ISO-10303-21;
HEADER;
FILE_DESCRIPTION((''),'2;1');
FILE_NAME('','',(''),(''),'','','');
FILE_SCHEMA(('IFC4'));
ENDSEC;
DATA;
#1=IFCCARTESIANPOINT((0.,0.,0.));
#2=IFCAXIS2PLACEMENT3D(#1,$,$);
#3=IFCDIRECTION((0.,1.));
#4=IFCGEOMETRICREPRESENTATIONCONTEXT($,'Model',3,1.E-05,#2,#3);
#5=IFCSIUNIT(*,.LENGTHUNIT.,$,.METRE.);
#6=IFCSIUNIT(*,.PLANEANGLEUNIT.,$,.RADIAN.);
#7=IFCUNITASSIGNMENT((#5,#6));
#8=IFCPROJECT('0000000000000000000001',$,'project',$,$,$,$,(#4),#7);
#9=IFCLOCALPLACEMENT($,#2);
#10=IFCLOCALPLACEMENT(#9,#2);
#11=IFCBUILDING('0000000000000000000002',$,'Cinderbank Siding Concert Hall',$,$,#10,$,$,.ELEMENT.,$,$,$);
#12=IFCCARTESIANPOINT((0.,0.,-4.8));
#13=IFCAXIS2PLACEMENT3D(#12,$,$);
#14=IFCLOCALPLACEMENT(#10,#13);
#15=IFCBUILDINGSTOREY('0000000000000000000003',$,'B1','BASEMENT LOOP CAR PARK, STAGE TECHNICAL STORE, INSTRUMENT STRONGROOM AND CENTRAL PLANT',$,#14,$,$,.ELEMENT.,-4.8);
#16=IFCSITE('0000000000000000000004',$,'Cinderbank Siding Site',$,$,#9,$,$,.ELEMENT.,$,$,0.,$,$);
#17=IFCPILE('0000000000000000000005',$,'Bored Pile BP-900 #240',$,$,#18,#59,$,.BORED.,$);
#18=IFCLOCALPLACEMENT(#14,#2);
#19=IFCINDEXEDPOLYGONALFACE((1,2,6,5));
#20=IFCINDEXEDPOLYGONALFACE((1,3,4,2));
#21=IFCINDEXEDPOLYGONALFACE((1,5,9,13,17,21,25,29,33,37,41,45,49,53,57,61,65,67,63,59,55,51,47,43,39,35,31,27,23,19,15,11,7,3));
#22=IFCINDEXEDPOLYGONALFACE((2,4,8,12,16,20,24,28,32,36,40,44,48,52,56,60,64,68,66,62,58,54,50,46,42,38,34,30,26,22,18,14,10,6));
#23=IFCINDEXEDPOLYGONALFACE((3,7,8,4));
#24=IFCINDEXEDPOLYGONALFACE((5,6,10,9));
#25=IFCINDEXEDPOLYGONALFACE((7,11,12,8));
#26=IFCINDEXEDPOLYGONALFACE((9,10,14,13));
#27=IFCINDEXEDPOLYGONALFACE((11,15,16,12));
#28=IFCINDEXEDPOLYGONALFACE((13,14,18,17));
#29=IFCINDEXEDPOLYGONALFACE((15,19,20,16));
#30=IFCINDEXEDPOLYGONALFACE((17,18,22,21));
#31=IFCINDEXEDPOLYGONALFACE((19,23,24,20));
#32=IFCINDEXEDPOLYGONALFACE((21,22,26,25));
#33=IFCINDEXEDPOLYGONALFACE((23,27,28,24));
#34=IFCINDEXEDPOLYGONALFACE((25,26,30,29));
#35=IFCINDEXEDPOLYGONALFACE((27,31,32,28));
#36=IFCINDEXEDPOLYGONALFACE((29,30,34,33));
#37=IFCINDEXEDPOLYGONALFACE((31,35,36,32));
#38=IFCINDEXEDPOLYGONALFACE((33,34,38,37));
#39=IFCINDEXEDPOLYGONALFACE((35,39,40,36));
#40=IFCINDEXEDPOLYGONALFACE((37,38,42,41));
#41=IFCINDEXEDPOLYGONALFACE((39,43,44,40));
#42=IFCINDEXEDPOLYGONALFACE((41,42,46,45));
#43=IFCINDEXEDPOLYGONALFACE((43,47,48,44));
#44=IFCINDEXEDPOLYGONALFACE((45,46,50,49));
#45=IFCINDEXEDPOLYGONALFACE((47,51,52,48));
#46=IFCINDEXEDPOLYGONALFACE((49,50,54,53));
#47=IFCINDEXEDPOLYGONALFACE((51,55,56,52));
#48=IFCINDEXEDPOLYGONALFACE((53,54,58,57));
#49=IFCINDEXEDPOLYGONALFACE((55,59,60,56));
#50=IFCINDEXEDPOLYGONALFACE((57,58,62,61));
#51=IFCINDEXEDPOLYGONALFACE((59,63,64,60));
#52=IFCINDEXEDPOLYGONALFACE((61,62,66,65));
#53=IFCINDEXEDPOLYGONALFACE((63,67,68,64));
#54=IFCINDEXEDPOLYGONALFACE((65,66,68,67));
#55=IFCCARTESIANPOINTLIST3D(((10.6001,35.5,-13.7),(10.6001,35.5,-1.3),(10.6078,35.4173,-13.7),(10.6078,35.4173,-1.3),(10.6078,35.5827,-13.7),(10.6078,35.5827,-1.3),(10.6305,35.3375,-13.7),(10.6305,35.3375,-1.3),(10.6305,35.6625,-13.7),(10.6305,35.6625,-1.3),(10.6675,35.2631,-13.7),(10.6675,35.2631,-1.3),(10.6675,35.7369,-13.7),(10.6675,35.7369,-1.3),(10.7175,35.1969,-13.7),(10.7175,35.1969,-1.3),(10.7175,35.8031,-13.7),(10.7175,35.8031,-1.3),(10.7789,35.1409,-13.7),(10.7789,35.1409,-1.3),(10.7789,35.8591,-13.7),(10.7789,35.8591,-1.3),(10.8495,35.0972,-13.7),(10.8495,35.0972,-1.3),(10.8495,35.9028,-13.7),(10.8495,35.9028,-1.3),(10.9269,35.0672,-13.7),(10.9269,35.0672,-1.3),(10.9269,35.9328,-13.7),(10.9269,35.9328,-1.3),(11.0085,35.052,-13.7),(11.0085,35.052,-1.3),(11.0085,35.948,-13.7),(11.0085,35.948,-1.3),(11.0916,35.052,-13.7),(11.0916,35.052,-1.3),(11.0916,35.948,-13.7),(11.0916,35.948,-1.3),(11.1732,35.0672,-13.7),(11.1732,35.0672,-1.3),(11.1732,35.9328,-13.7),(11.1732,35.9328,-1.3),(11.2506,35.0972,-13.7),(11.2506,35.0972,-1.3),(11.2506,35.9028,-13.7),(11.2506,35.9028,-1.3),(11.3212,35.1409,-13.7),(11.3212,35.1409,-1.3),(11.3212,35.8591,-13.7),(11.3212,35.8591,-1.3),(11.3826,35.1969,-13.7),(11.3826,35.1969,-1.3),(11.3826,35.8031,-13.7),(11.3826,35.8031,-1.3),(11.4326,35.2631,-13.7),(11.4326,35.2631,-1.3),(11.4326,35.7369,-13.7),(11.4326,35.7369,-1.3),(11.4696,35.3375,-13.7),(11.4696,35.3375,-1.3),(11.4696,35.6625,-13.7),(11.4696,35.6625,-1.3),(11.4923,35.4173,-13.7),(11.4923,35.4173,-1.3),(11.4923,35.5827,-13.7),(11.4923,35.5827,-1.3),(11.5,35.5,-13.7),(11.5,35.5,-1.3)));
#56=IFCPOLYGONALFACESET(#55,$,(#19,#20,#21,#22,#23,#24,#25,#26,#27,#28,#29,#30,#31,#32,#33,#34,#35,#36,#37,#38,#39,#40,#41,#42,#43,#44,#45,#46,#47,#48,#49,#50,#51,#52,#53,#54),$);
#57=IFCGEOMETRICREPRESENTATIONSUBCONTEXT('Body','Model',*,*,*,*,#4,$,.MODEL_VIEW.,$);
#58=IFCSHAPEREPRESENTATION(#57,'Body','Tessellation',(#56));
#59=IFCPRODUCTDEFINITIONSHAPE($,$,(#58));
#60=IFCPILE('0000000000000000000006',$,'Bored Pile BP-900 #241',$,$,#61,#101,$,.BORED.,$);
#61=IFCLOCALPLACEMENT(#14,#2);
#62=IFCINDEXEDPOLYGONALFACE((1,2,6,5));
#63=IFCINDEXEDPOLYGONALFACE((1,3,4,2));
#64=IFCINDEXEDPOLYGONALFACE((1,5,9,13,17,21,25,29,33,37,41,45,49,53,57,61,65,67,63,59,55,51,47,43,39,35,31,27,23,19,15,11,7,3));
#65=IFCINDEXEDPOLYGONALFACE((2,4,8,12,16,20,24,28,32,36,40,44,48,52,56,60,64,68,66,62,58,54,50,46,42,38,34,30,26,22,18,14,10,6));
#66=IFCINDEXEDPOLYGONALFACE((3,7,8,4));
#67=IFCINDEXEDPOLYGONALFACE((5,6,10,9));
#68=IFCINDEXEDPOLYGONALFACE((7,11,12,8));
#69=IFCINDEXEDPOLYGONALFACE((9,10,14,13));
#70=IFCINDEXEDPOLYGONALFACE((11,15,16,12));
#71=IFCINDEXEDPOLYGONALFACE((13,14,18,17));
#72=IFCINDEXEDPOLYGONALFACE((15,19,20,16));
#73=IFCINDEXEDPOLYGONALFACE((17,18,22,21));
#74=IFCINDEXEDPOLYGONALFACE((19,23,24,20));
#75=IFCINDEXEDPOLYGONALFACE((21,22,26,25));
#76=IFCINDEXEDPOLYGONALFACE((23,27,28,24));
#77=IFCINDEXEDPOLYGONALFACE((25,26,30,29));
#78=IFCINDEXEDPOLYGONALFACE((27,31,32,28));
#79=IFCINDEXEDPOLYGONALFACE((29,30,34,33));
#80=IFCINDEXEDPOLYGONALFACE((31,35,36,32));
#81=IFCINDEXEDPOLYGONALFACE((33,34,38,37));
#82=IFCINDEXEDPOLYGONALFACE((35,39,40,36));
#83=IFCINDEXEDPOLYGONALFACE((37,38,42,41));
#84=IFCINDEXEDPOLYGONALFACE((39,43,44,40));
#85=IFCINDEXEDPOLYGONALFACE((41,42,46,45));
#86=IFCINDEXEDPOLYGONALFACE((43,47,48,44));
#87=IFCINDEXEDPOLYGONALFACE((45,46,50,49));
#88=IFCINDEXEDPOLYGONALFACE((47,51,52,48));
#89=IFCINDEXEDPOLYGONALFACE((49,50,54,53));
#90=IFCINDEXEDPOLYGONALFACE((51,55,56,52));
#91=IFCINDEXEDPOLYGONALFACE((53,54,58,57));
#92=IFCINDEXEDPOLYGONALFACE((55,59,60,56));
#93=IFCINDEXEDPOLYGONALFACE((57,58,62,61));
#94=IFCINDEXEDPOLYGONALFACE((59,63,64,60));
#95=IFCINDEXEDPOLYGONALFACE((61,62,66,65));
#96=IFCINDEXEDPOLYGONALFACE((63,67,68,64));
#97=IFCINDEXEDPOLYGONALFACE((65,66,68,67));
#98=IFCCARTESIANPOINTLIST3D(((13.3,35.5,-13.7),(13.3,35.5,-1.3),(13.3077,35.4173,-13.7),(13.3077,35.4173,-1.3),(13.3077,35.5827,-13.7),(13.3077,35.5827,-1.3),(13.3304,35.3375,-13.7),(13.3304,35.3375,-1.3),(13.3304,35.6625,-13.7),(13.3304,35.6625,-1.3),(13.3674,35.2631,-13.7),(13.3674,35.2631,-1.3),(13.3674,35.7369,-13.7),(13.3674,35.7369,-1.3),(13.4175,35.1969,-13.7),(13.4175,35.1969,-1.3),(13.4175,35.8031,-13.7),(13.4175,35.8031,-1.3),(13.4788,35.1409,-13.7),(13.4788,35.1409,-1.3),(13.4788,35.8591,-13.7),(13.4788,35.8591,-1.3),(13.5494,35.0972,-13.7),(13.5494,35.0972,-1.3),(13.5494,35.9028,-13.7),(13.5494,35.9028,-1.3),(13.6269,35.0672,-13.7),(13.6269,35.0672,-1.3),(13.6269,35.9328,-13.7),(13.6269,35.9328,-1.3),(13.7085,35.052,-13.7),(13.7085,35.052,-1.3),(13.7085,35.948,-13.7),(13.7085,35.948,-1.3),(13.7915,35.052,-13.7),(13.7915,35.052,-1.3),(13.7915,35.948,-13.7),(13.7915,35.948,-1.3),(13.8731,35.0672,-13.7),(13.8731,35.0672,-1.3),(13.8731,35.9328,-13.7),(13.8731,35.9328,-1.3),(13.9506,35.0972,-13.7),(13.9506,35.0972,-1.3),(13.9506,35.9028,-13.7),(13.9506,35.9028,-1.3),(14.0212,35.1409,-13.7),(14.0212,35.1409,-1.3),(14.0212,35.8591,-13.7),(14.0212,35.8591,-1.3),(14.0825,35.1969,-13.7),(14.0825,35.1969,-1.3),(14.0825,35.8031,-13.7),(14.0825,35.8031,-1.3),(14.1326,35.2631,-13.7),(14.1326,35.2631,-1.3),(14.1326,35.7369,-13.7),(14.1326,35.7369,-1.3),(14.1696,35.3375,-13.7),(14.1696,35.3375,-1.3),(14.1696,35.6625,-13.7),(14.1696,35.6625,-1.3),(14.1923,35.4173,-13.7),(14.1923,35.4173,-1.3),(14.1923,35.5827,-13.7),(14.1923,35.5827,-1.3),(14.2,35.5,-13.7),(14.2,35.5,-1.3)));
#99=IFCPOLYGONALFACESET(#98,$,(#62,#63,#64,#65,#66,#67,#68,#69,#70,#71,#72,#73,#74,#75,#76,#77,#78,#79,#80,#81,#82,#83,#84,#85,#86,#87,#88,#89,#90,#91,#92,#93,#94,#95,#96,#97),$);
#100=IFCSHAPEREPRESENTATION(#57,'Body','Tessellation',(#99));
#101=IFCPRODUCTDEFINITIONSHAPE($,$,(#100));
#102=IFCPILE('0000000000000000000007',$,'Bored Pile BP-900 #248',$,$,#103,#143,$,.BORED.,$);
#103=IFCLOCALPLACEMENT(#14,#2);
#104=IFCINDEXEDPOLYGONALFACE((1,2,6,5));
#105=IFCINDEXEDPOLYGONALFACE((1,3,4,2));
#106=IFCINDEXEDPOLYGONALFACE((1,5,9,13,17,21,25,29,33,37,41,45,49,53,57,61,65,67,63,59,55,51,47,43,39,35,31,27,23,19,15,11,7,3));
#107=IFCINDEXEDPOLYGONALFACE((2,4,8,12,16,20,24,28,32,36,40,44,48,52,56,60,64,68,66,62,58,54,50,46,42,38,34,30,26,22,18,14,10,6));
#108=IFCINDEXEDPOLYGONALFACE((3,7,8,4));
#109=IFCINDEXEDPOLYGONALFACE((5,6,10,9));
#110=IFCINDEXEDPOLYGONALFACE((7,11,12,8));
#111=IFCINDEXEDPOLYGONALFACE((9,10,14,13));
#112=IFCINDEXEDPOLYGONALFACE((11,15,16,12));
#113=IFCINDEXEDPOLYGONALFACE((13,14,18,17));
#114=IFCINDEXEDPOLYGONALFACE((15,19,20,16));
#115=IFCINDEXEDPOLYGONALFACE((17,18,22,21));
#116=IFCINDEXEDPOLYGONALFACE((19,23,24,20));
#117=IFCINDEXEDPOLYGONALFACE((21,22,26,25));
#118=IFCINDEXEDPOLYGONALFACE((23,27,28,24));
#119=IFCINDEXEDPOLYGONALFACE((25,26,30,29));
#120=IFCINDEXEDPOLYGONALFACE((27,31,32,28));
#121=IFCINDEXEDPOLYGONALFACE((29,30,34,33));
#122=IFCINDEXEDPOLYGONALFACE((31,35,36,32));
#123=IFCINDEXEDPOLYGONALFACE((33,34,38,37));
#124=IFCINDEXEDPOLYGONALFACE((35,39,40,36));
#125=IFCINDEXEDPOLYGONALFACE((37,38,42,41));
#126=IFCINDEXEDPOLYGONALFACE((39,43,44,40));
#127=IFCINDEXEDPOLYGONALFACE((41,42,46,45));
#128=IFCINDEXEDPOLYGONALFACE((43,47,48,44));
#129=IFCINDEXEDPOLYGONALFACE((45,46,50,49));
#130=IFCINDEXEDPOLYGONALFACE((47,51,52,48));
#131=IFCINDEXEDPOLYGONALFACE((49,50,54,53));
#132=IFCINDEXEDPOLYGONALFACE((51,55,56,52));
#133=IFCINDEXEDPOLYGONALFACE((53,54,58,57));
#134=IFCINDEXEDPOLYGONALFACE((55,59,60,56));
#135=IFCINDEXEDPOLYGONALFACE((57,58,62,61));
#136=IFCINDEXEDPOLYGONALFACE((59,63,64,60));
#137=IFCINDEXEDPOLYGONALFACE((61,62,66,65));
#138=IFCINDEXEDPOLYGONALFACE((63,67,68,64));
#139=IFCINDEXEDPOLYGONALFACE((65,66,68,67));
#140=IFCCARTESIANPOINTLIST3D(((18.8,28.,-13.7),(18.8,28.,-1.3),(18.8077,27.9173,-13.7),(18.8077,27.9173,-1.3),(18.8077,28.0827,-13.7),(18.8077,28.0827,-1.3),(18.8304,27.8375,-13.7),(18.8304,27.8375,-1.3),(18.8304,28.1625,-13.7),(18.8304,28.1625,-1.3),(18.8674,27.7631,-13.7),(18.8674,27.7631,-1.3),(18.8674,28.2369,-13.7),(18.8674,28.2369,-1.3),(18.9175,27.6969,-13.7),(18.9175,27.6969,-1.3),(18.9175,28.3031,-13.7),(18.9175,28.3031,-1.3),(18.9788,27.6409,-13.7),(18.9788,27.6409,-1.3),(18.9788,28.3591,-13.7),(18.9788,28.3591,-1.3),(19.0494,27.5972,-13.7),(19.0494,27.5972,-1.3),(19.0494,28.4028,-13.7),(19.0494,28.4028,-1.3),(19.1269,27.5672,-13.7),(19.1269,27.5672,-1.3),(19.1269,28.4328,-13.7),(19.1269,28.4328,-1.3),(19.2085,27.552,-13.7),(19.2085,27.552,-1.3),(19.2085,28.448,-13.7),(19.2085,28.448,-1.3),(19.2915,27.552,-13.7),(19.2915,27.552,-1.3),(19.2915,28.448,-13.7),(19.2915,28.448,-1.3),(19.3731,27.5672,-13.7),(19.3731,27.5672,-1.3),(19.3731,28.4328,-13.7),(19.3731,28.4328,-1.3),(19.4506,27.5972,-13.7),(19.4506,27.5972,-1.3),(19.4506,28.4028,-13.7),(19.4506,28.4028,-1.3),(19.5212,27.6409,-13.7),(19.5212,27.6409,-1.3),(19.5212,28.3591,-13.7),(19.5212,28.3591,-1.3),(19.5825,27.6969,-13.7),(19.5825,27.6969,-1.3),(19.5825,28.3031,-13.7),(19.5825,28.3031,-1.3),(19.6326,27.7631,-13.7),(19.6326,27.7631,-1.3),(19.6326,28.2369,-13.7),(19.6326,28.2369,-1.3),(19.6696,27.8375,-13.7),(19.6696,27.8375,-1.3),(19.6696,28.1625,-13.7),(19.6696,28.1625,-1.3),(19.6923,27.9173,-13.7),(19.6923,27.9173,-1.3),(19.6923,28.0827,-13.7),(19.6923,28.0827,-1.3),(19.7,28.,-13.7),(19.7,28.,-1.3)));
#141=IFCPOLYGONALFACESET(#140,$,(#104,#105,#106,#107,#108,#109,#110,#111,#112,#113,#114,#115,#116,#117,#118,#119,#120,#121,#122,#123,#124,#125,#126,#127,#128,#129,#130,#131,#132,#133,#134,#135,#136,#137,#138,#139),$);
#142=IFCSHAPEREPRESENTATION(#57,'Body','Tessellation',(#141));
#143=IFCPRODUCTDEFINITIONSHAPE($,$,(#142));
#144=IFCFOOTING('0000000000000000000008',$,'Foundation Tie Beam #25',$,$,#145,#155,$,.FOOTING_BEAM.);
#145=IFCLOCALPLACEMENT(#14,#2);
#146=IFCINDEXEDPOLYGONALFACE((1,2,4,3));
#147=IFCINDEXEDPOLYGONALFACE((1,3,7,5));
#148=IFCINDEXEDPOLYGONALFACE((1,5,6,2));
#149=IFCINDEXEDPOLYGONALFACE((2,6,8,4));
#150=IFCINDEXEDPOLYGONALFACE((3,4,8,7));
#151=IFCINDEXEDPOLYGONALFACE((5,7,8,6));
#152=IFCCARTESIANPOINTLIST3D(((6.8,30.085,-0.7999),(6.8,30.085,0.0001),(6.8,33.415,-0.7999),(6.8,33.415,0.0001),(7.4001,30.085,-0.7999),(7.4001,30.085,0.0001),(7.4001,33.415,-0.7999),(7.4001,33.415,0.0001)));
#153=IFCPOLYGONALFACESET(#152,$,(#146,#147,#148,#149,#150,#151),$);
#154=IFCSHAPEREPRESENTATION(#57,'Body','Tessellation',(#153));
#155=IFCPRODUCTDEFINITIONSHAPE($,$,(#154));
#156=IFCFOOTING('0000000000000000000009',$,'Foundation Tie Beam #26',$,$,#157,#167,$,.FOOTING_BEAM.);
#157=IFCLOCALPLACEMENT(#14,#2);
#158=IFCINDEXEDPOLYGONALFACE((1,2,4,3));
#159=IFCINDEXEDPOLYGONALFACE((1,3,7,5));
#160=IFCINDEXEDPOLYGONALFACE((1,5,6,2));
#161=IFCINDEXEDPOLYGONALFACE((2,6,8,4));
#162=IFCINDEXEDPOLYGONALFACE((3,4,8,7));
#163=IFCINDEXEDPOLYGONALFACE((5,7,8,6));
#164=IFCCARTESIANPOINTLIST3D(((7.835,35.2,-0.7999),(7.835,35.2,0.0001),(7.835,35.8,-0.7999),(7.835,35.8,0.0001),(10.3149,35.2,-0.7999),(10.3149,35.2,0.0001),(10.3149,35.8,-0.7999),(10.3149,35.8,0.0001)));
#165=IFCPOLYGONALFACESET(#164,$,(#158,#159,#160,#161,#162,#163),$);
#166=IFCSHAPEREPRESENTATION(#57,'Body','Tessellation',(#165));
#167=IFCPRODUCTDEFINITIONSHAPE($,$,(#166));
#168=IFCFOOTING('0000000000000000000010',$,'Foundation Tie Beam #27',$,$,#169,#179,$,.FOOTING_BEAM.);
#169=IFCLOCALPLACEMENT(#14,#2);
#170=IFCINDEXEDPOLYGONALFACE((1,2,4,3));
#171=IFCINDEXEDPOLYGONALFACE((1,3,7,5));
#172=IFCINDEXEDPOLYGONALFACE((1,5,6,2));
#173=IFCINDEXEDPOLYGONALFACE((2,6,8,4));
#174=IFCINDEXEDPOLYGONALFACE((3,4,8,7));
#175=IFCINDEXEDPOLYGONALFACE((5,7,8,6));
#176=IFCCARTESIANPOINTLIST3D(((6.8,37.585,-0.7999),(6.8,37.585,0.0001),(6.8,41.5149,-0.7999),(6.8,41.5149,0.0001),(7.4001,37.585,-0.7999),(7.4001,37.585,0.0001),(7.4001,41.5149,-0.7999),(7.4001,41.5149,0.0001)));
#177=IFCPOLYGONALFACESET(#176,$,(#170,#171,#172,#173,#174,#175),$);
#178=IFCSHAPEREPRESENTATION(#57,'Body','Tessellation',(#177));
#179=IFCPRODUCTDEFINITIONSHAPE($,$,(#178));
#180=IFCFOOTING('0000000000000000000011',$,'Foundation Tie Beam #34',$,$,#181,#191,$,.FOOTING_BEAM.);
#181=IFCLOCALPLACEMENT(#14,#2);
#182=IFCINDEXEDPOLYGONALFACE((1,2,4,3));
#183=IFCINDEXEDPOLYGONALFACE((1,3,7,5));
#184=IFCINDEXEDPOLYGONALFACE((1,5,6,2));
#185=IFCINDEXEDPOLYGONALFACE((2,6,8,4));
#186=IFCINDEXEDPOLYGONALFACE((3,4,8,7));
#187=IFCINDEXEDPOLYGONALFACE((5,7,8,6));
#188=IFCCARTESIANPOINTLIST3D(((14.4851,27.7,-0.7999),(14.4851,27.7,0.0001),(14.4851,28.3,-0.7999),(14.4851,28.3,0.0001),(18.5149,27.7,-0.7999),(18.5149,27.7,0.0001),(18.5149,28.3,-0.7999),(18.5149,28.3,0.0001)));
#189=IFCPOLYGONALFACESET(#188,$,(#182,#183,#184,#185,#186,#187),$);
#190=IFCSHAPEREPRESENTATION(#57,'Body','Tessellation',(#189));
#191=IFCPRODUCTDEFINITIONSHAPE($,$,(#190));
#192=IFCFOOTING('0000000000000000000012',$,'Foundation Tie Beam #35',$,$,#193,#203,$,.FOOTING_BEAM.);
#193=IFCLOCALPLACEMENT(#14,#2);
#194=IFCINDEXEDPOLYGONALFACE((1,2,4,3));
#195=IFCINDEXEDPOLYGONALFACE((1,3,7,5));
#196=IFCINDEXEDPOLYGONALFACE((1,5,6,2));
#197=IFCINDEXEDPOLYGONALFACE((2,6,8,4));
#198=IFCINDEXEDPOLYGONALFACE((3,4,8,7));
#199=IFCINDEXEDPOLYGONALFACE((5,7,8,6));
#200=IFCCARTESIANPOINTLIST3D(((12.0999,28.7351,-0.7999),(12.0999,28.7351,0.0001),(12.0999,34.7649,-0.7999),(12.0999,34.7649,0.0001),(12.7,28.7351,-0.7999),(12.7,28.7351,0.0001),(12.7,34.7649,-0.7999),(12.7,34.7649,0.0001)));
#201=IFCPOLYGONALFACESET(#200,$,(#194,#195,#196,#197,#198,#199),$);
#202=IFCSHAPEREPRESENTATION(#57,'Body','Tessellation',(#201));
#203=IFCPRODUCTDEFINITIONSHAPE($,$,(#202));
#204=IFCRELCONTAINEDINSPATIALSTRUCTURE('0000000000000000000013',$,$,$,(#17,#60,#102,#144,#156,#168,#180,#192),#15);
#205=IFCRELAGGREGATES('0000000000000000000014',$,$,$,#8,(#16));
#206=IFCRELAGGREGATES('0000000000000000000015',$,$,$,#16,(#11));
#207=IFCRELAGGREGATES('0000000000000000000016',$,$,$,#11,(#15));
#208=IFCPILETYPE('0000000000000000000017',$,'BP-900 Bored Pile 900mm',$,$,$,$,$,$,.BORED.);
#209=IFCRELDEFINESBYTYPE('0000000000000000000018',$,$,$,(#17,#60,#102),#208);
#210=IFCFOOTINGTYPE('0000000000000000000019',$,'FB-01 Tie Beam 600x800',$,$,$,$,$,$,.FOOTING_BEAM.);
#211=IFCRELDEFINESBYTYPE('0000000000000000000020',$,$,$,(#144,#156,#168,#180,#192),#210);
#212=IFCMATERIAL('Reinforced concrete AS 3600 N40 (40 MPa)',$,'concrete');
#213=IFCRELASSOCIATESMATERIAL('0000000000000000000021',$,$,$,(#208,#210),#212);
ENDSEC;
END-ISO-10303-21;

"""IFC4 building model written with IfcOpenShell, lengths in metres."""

from ifc_helpers import new_model, si_unit, direction, frame, origin, origin_2d, place, context, subcontext, project, spatial, rectangle, circle, extrude, material, material_profile, profile_set, type_object, element, save


model = new_model("IFC4")

# Units and contexts
model_context = context("Model", 3, precision=1e-05, world=origin(), true_north=direction((0.0, 1.0)))
body_context = subcontext(model_context, "Body", "Model", "MODEL_VIEW")
ifc_project = project(units=[si_unit("LENGTHUNIT", "METRE"), si_unit("PLANEANGLEUNIT", "RADIAN")], contexts=[model_context])

# Site, building, storey
site_placement = place(None, origin())
site = spatial("IfcSite", under=ifc_project, at=site_placement, Name="Cinderbank Siding Site", CompositionType="ELEMENT", RefElevation=0.0)
building_placement = place(site_placement, origin())
building = spatial("IfcBuilding", under=site, at=building_placement, Name="Cinderbank Siding Concert Hall", CompositionType="ELEMENT")
storey_placement = place(building_placement, frame((0.0, 0.0, -4.8)))
storey = spatial("IfcBuildingStorey", under=building, at=storey_placement, Name="B1", Description="BASEMENT LOOP CAR PARK, STAGE TECHNICAL STORE, INSTRUMENT STRONGROOM AND CENTRAL PLANT", CompositionType="ELEMENT", Elevation=-4.8)

# Piles
ifc_material_1 = material(Name="Reinforced concrete AS 3600 N40 (40 MPa)", Category="concrete")
ifc_material_profile_1 = material_profile(ifc_material_1, circle(Radius=0.45, at=origin_2d()), Name="PILE-900DIA", Category="LoadBearing")
ifc_profile_set_1 = profile_set([ifc_material_profile_1], Name="Reinforced concrete AS 3600 N40 (40 MPa)")
pile_type_1 = type_object("IfcPileType", Name="BP-900 Bored Pile 900mm", PredefinedType="BORED", material=ifc_profile_set_1)
for number, where, z_axis, x_axis, name in (
    (1, (11.05, 35.5, -1.3), (0.0, 0.0, -1.0), (1.0, 0.0, 0.0), "Bored Pile BP-900 #240"),
    (2, (13.75, 35.5, -1.3), (0.0, 0.0, -1.0), (1.0, 0.0, 0.0), "Bored Pile BP-900 #241"),
    (3, (19.25, 28.0, -1.3), (0.0, 0.0, -1.0), (1.0, 0.0, 0.0), "Bored Pile BP-900 #248"),
):
    element("IfcPile", number, at=place(storey_placement, frame(where, z_axis=z_axis, x_axis=x_axis)), inside=storey, type_object=pile_type_1, Name=name, PredefinedType="BORED", context=body_context, shape_type="SweptSolid", body=[
        extrude(circle(Radius=0.45, at=origin_2d()), origin(), (0.0, 0.0, 1.0), 12.3999),
    ])

# Footings
ifc_material_profile_2 = material_profile(ifc_material_1, rectangle(XDim=0.6001, YDim=0.8, at=origin_2d()), Name="RC-FB-600x800", Category="LoadBearing")
ifc_profile_set_2 = profile_set([ifc_material_profile_2], Name="Reinforced concrete AS 3600 N40 (40 MPa)")
footing_type_1 = type_object("IfcFootingType", Name="FB-01 Tie Beam 600x800", PredefinedType="FOOTING_BEAM", material=ifc_profile_set_2)
footing_1_placement = place(storey_placement, frame((7.1001, 30.085, -0.3999), z_axis=(0.0, 1.0, 0.0), x_axis=(-1.0, 0.0, 0.0)))
element("IfcFooting", 4, at=footing_1_placement, inside=storey, type_object=footing_type_1, Name="Foundation Tie Beam #25", PredefinedType="FOOTING_BEAM", context=body_context, shape_type="SweptSolid", body=[
    extrude(rectangle(XDim=0.6001, YDim=0.8, at=origin_2d()), origin(), (0.0, 0.0, 1.0), 3.3301),
])
footing_2_placement = place(storey_placement, frame((7.835, 35.5, -0.3999), z_axis=(1.0, 0.0, 0.0), x_axis=(0.0, 1.0, 0.0)))
element("IfcFooting", 5, at=footing_2_placement, inside=storey, type_object=footing_type_1, Name="Foundation Tie Beam #26", PredefinedType="FOOTING_BEAM", context=body_context, shape_type="SweptSolid", body=[
    extrude(rectangle(XDim=0.6001, YDim=0.8, at=origin_2d()), origin(), (0.0, 0.0, 1.0), 2.48),
])
footing_3_placement = place(storey_placement, frame((7.1001, 37.585, -0.3999), z_axis=(0.0, 1.0, 0.0), x_axis=(-1.0, 0.0, 0.0)))
element("IfcFooting", 6, at=footing_3_placement, inside=storey, type_object=footing_type_1, Name="Foundation Tie Beam #27", PredefinedType="FOOTING_BEAM", context=body_context, shape_type="SweptSolid", body=[
    extrude(rectangle(XDim=0.6001, YDim=0.8, at=origin_2d()), origin(), (0.0, 0.0, 1.0), 3.9299),
])
footing_4_placement = place(storey_placement, frame((14.4851, 28.0, -0.3999), z_axis=(1.0, 0.0, 0.0), x_axis=(0.0, 1.0, 0.0)))
element("IfcFooting", 7, at=footing_4_placement, inside=storey, type_object=footing_type_1, Name="Foundation Tie Beam #34", PredefinedType="FOOTING_BEAM", context=body_context, shape_type="SweptSolid", body=[
    extrude(rectangle(XDim=0.6001, YDim=0.8, at=origin_2d()), origin(), (0.0, 0.0, 1.0), 4.0298),
])
footing_5_placement = place(storey_placement, frame((12.3999, 28.7351, -0.3999), z_axis=(0.0, 1.0, 0.0), x_axis=(-1.0, 0.0, 0.0)))
element("IfcFooting", 8, at=footing_5_placement, inside=storey, type_object=footing_type_1, Name="Foundation Tie Beam #35", PredefinedType="FOOTING_BEAM", context=body_context, shape_type="SweptSolid", body=[
    extrude(rectangle(XDim=0.6001, YDim=0.8, at=origin_2d()), origin(), (0.0, 0.0, 1.0), 6.0298),
])

save(model, "model.ifc")
